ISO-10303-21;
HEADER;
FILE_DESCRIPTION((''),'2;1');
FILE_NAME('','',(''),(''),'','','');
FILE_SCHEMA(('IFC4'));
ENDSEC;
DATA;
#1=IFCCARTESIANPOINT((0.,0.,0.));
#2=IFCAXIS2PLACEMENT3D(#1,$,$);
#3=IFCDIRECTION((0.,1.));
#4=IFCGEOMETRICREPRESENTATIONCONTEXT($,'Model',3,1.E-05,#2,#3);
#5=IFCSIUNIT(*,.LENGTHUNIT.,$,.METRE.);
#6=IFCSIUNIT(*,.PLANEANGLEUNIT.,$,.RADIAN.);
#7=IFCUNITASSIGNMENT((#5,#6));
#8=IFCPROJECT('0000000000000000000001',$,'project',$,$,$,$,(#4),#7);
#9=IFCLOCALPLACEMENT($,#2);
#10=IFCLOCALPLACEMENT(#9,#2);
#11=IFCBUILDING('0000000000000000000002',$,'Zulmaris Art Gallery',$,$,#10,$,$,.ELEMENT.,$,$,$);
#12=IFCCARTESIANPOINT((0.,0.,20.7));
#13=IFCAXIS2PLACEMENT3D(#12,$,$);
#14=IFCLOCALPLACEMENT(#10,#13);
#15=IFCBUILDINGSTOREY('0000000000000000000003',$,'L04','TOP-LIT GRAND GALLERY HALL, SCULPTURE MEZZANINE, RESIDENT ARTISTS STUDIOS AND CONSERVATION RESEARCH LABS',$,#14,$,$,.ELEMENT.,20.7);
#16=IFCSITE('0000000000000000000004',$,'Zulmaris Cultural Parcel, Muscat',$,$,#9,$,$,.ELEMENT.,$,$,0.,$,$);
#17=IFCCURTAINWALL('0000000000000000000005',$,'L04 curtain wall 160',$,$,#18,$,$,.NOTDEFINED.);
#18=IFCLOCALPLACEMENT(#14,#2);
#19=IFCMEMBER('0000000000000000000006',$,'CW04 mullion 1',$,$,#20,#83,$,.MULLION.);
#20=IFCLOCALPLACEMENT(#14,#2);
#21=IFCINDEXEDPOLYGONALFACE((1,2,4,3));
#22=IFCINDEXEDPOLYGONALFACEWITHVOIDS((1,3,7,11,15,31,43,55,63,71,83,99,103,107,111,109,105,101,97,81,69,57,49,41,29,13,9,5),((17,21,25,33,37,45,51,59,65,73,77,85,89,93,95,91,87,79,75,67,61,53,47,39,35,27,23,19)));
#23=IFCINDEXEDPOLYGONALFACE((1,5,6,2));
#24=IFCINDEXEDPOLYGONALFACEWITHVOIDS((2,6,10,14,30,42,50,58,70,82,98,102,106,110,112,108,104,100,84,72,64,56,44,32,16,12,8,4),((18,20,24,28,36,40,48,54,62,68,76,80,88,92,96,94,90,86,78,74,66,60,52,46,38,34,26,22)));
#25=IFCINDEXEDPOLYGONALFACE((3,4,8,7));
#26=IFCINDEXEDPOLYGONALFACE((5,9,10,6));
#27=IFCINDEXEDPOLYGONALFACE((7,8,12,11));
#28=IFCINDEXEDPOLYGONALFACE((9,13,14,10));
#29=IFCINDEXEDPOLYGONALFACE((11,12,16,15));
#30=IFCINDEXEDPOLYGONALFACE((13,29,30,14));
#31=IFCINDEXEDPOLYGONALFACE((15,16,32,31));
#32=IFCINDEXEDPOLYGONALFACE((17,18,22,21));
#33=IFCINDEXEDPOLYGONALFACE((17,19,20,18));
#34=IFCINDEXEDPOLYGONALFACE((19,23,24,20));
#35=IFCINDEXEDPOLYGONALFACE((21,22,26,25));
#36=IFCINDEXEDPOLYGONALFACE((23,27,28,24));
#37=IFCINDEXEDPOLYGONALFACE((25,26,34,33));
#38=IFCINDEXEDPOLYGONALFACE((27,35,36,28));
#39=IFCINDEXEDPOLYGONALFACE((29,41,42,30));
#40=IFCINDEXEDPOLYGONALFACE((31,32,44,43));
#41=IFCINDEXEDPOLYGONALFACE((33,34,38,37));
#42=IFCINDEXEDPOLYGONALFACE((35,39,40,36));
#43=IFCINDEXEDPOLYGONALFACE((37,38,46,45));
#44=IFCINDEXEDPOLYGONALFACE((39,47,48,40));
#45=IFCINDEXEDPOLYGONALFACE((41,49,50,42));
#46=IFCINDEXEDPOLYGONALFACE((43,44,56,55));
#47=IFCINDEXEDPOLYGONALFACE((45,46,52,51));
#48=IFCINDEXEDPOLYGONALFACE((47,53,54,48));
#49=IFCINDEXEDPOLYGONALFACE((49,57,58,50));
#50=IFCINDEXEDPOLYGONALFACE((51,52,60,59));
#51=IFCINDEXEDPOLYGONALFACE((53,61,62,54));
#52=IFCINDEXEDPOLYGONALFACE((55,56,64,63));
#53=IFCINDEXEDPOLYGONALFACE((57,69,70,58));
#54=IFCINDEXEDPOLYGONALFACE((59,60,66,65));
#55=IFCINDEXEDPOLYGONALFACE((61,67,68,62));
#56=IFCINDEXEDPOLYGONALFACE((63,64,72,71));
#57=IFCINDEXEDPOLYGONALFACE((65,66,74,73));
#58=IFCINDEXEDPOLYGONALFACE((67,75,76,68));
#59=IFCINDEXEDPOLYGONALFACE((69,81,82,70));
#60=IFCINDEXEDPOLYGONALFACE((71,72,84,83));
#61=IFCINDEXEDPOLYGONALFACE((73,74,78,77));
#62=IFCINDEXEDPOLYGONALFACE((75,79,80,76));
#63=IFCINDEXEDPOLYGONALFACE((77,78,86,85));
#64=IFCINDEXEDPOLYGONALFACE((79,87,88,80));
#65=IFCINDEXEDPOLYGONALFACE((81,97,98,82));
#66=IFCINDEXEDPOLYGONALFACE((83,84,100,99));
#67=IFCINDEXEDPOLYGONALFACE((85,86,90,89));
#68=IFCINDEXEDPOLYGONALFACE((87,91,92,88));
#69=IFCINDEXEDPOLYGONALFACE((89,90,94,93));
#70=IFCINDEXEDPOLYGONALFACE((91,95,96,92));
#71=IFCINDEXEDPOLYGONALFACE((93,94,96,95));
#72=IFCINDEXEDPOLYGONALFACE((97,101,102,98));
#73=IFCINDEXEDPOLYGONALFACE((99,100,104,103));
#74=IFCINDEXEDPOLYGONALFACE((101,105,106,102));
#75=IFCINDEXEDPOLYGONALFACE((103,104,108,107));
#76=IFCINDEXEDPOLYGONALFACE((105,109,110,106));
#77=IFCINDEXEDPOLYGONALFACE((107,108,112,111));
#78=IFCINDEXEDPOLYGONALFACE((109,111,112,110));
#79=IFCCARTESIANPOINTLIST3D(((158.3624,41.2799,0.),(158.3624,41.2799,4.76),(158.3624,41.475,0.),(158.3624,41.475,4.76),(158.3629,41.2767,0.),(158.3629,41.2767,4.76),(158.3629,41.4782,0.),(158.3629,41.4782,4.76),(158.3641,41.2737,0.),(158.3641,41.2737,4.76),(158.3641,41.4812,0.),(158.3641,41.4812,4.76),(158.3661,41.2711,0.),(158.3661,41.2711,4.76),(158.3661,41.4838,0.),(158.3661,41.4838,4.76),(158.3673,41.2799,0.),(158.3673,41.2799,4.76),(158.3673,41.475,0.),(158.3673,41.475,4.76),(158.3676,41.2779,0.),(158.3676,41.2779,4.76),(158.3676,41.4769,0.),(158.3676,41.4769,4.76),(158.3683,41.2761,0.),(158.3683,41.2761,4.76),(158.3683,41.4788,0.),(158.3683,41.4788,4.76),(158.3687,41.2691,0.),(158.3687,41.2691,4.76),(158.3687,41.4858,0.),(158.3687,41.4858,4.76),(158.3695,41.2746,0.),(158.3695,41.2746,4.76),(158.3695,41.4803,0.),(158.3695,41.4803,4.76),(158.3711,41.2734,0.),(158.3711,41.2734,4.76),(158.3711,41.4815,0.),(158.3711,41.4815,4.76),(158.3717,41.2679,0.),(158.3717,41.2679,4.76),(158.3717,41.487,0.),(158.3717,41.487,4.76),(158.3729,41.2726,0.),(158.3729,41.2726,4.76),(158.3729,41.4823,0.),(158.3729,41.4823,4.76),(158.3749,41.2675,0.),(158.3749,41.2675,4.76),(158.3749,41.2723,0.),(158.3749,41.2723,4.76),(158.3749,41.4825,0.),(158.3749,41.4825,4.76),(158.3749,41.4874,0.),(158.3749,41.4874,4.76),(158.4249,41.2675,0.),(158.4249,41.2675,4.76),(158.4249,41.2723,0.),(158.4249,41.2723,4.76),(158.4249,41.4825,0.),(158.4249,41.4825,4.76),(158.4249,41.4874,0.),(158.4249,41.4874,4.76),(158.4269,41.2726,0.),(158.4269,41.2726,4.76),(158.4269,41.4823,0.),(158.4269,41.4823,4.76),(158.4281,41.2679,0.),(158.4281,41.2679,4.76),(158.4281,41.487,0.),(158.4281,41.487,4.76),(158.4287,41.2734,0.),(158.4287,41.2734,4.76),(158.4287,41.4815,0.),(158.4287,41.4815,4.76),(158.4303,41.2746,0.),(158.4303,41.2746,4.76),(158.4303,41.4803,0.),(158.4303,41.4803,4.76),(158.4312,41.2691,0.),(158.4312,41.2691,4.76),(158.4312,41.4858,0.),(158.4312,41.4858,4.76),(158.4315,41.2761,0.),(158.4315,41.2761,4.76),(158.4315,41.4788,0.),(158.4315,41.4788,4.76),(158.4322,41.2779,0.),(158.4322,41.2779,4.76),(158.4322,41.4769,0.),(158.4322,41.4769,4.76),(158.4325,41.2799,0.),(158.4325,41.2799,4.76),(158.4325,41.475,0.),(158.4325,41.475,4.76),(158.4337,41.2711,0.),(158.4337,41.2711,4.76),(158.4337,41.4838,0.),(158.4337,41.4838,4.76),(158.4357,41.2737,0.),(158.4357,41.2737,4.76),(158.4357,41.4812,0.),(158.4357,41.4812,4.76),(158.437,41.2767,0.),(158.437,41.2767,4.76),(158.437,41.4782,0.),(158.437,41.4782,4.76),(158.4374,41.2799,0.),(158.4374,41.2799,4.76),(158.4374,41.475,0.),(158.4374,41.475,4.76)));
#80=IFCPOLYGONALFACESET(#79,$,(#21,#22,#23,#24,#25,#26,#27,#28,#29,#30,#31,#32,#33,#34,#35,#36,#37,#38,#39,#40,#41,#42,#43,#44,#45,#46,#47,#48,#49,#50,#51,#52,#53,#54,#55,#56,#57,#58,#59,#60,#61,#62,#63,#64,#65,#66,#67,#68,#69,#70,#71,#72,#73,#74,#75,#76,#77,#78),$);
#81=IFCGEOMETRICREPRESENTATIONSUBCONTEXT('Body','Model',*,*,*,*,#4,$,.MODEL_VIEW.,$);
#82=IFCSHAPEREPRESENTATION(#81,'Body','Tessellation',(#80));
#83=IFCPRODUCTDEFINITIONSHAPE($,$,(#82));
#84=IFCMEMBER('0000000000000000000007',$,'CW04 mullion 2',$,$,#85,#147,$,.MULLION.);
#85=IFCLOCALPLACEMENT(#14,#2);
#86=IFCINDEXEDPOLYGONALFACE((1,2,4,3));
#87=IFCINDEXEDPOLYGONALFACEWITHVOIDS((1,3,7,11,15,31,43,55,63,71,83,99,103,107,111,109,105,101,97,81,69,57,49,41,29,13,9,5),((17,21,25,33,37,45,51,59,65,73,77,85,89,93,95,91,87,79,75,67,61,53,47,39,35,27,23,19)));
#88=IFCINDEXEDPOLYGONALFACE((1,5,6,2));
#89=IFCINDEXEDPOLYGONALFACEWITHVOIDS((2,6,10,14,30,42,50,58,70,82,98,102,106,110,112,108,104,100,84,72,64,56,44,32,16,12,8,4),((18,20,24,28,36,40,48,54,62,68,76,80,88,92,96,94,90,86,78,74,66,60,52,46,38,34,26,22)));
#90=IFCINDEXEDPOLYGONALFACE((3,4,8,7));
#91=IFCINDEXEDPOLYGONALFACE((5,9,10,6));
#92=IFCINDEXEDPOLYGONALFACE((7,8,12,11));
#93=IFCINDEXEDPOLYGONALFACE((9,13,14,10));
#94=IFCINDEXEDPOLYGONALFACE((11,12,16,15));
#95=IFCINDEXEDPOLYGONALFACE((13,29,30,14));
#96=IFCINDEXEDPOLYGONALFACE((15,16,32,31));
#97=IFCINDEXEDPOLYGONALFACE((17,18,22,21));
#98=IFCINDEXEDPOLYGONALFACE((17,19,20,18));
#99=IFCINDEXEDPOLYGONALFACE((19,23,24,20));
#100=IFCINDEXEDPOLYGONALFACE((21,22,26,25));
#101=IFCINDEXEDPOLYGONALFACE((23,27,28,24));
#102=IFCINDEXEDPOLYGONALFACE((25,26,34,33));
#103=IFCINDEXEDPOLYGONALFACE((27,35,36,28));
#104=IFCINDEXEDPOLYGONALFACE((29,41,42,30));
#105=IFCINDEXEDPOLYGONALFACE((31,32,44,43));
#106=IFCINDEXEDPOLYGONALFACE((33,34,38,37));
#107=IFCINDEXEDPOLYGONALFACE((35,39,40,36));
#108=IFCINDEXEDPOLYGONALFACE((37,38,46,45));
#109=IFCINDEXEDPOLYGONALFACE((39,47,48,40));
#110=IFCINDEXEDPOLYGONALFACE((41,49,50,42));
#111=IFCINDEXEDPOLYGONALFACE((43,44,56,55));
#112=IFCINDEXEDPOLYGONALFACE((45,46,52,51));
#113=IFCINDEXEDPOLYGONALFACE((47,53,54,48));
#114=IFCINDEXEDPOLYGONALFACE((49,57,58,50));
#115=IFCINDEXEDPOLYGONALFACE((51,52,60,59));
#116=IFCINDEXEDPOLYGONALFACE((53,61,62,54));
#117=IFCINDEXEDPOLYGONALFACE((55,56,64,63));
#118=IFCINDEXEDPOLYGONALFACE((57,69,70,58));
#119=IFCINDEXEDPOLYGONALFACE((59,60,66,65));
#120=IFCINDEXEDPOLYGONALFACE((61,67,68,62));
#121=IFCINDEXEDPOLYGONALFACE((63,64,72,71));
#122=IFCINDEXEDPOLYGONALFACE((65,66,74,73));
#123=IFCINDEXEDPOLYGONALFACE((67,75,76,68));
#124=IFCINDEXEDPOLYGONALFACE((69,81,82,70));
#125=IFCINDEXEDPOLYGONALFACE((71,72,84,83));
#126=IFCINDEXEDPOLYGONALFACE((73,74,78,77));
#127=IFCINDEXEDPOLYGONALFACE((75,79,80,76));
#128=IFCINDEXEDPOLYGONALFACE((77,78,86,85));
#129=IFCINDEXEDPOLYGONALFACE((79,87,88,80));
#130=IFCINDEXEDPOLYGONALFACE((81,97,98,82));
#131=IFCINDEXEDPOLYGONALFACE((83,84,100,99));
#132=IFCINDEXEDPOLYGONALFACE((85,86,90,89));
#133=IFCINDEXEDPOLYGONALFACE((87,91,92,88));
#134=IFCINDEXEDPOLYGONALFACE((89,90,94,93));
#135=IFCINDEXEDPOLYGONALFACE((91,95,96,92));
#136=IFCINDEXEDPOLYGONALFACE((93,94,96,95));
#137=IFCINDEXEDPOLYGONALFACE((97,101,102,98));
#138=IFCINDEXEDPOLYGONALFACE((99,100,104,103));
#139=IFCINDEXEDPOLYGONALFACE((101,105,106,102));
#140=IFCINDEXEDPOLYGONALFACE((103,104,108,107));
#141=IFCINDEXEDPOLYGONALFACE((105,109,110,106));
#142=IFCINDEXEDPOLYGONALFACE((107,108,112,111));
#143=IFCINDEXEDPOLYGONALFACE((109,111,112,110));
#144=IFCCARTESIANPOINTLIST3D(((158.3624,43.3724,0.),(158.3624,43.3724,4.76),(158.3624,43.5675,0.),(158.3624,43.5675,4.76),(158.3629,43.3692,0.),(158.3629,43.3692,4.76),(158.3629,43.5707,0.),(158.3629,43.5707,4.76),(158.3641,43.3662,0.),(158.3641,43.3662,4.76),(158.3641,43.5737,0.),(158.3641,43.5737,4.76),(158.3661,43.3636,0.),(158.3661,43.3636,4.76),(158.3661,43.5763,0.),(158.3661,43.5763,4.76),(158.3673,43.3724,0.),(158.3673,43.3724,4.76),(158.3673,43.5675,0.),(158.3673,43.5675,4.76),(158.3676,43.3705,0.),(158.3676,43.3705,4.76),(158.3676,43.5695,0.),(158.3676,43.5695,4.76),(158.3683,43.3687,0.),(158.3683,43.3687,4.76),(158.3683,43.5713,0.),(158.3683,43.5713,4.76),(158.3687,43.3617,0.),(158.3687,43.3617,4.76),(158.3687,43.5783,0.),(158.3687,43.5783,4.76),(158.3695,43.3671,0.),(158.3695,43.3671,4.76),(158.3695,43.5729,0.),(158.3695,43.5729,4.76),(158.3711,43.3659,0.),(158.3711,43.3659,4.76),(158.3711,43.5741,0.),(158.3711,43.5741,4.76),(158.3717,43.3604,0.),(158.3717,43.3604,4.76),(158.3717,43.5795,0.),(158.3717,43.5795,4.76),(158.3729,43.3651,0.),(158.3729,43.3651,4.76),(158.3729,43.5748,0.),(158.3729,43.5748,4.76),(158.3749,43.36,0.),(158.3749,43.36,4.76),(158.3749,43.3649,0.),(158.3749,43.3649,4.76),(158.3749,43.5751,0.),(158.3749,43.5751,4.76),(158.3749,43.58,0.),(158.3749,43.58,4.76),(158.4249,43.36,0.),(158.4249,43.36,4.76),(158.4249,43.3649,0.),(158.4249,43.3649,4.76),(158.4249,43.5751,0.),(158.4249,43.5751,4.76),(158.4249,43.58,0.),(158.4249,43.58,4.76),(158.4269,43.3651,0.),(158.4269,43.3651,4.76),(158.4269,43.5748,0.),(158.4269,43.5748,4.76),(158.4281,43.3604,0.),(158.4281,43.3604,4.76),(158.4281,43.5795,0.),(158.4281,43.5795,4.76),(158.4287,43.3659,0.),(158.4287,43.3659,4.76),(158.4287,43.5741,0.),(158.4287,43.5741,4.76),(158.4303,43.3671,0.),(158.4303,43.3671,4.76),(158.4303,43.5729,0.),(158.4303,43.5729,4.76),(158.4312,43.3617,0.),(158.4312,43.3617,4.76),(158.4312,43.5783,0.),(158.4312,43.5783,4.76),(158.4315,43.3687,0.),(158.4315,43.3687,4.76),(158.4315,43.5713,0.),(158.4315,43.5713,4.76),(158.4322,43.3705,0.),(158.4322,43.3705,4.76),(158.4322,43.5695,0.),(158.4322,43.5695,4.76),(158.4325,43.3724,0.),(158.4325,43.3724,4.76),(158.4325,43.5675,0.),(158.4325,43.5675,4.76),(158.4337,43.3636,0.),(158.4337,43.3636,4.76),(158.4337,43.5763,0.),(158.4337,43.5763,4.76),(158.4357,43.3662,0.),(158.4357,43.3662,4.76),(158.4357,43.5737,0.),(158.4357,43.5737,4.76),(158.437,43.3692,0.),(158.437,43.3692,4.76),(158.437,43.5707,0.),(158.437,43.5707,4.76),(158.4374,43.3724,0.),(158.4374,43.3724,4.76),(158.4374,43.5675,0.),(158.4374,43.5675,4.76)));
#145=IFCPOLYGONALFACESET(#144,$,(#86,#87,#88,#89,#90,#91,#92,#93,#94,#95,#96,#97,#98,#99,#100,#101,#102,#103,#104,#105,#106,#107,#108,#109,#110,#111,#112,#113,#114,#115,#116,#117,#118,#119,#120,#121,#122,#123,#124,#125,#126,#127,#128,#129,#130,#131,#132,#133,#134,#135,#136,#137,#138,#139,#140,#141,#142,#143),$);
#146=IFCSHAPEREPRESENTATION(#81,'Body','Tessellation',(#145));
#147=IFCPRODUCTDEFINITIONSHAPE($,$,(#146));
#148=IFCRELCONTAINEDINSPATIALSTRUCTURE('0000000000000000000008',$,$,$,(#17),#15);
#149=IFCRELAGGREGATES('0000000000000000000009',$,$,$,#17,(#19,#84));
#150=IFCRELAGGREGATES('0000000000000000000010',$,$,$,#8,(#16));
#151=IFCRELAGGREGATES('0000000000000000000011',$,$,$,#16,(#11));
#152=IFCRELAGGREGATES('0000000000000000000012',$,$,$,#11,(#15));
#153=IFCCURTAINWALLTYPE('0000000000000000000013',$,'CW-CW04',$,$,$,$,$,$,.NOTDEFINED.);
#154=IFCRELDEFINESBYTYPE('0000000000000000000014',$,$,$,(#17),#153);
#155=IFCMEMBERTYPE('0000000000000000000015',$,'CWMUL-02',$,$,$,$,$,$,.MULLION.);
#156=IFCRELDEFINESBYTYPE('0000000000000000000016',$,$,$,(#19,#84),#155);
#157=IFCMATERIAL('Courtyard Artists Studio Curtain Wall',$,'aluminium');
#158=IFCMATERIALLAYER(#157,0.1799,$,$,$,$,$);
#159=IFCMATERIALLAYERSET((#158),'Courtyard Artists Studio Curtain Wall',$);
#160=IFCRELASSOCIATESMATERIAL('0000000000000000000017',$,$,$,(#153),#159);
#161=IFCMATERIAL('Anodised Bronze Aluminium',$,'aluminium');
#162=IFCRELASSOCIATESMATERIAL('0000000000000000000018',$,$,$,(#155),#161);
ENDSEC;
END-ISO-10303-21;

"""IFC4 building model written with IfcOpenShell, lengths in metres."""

from ifc_helpers import new_model, si_unit, direction, frame, origin, origin_2d, place, context, subcontext, project, spatial, hollow_rectangle, extrude, material, layer, layer_set, material_profile, profile_set, type_object, element, aggregate, save


model = new_model("IFC4")

# Units and contexts
model_context = context("Model", 3, precision=1e-05, world=origin(), true_north=direction((0.0, 1.0)))
body_context = subcontext(model_context, "Body", "Model", "MODEL_VIEW")
ifc_project = project(units=[si_unit("LENGTHUNIT", "METRE"), si_unit("PLANEANGLEUNIT", "RADIAN")], contexts=[model_context])

# Site, building, storey
site_placement = place(None, origin())
site = spatial("IfcSite", under=ifc_project, at=site_placement, Name="Zulmaris Cultural Parcel, Muscat", CompositionType="ELEMENT", RefElevation=0.0)
building_placement = place(site_placement, origin())
building = spatial("IfcBuilding", under=site, at=building_placement, Name="Zulmaris Art Gallery", CompositionType="ELEMENT")
storey_placement = place(building_placement, frame((0.0, 0.0, 20.7)))
storey = spatial("IfcBuildingStorey", under=building, at=storey_placement, Name="L04", Description="TOP-LIT GRAND GALLERY HALL, SCULPTURE MEZZANINE, RESIDENT ARTISTS STUDIOS AND CONSERVATION RESEARCH LABS", CompositionType="ELEMENT", Elevation=20.7)

# Curtain wall, members
ifc_material_1 = material(Name="Courtyard Artists Studio Curtain Wall", Category="aluminium")
ifc_layer_1 = layer(ifc_material_1, 0.1799)
ifc_layer_set_1 = layer_set([ifc_layer_1], Name="Courtyard Artists Studio Curtain Wall")
curtain_wall_type = type_object("IfcCurtainWallType", Name="CW-CW04", PredefinedType="NOTDEFINED", material=ifc_layer_set_1)
ifc_material_2 = material(Name="Anodised Bronze Aluminium", Category="aluminium")
ifc_material_profile_1 = material_profile(ifc_material_2, hollow_rectangle(XDim=0.075, YDim=0.22, WallThickness=0.0049, InnerFilletRadius=0.0076, OuterFilletRadius=0.0125, at=origin_2d()), Name="ALU 75x220x5")
ifc_profile_set_1 = profile_set([ifc_material_profile_1], Name="Anodised Bronze Aluminium")
member_type_1 = type_object("IfcMemberType", Name="CWMUL-02", PredefinedType="MULLION", material=ifc_profile_set_1)
curtain_wall_1_placement = place(storey_placement, origin())
curtain_wall_1 = element("IfcCurtainWall", 1, at=curtain_wall_1_placement, inside=storey, type_object=curtain_wall_type, Name="L04 curtain wall 160", PredefinedType="NOTDEFINED")
member_1_placement = place(storey_placement, frame((158.3999, 41.3774, 0.0), z_axis=(0.0, 0.0, 1.0), x_axis=(-1.0, 0.0, 0.0)))
member_1 = element("IfcMember", 2, at=member_1_placement, type_object=member_type_1, Name="CW04 mullion 1", PredefinedType="MULLION", context=body_context, shape_type="SweptSolid", body=[
    extrude(hollow_rectangle(XDim=0.075, YDim=0.22, WallThickness=0.0049, InnerFilletRadius=0.0076, OuterFilletRadius=0.0125, at=origin_2d()), origin(), (0.0, 0.0, 1.0), 4.76),
])
member_2_placement = place(storey_placement, frame((158.3999, 43.47, 0.0), z_axis=(0.0, 0.0, 1.0), x_axis=(-1.0, 0.0, 0.0)))
member_2 = element("IfcMember", 3, at=member_2_placement, type_object=member_type_1, Name="CW04 mullion 2", PredefinedType="MULLION", context=body_context, shape_type="SweptSolid", body=[
    extrude(hollow_rectangle(XDim=0.075, YDim=0.22, WallThickness=0.0049, InnerFilletRadius=0.0076, OuterFilletRadius=0.0125, at=origin_2d()), origin(), (0.0, 0.0, 1.0), 4.76),
])

aggregate(curtain_wall_1, [member_1, member_2])

save(model, "model.ifc")
